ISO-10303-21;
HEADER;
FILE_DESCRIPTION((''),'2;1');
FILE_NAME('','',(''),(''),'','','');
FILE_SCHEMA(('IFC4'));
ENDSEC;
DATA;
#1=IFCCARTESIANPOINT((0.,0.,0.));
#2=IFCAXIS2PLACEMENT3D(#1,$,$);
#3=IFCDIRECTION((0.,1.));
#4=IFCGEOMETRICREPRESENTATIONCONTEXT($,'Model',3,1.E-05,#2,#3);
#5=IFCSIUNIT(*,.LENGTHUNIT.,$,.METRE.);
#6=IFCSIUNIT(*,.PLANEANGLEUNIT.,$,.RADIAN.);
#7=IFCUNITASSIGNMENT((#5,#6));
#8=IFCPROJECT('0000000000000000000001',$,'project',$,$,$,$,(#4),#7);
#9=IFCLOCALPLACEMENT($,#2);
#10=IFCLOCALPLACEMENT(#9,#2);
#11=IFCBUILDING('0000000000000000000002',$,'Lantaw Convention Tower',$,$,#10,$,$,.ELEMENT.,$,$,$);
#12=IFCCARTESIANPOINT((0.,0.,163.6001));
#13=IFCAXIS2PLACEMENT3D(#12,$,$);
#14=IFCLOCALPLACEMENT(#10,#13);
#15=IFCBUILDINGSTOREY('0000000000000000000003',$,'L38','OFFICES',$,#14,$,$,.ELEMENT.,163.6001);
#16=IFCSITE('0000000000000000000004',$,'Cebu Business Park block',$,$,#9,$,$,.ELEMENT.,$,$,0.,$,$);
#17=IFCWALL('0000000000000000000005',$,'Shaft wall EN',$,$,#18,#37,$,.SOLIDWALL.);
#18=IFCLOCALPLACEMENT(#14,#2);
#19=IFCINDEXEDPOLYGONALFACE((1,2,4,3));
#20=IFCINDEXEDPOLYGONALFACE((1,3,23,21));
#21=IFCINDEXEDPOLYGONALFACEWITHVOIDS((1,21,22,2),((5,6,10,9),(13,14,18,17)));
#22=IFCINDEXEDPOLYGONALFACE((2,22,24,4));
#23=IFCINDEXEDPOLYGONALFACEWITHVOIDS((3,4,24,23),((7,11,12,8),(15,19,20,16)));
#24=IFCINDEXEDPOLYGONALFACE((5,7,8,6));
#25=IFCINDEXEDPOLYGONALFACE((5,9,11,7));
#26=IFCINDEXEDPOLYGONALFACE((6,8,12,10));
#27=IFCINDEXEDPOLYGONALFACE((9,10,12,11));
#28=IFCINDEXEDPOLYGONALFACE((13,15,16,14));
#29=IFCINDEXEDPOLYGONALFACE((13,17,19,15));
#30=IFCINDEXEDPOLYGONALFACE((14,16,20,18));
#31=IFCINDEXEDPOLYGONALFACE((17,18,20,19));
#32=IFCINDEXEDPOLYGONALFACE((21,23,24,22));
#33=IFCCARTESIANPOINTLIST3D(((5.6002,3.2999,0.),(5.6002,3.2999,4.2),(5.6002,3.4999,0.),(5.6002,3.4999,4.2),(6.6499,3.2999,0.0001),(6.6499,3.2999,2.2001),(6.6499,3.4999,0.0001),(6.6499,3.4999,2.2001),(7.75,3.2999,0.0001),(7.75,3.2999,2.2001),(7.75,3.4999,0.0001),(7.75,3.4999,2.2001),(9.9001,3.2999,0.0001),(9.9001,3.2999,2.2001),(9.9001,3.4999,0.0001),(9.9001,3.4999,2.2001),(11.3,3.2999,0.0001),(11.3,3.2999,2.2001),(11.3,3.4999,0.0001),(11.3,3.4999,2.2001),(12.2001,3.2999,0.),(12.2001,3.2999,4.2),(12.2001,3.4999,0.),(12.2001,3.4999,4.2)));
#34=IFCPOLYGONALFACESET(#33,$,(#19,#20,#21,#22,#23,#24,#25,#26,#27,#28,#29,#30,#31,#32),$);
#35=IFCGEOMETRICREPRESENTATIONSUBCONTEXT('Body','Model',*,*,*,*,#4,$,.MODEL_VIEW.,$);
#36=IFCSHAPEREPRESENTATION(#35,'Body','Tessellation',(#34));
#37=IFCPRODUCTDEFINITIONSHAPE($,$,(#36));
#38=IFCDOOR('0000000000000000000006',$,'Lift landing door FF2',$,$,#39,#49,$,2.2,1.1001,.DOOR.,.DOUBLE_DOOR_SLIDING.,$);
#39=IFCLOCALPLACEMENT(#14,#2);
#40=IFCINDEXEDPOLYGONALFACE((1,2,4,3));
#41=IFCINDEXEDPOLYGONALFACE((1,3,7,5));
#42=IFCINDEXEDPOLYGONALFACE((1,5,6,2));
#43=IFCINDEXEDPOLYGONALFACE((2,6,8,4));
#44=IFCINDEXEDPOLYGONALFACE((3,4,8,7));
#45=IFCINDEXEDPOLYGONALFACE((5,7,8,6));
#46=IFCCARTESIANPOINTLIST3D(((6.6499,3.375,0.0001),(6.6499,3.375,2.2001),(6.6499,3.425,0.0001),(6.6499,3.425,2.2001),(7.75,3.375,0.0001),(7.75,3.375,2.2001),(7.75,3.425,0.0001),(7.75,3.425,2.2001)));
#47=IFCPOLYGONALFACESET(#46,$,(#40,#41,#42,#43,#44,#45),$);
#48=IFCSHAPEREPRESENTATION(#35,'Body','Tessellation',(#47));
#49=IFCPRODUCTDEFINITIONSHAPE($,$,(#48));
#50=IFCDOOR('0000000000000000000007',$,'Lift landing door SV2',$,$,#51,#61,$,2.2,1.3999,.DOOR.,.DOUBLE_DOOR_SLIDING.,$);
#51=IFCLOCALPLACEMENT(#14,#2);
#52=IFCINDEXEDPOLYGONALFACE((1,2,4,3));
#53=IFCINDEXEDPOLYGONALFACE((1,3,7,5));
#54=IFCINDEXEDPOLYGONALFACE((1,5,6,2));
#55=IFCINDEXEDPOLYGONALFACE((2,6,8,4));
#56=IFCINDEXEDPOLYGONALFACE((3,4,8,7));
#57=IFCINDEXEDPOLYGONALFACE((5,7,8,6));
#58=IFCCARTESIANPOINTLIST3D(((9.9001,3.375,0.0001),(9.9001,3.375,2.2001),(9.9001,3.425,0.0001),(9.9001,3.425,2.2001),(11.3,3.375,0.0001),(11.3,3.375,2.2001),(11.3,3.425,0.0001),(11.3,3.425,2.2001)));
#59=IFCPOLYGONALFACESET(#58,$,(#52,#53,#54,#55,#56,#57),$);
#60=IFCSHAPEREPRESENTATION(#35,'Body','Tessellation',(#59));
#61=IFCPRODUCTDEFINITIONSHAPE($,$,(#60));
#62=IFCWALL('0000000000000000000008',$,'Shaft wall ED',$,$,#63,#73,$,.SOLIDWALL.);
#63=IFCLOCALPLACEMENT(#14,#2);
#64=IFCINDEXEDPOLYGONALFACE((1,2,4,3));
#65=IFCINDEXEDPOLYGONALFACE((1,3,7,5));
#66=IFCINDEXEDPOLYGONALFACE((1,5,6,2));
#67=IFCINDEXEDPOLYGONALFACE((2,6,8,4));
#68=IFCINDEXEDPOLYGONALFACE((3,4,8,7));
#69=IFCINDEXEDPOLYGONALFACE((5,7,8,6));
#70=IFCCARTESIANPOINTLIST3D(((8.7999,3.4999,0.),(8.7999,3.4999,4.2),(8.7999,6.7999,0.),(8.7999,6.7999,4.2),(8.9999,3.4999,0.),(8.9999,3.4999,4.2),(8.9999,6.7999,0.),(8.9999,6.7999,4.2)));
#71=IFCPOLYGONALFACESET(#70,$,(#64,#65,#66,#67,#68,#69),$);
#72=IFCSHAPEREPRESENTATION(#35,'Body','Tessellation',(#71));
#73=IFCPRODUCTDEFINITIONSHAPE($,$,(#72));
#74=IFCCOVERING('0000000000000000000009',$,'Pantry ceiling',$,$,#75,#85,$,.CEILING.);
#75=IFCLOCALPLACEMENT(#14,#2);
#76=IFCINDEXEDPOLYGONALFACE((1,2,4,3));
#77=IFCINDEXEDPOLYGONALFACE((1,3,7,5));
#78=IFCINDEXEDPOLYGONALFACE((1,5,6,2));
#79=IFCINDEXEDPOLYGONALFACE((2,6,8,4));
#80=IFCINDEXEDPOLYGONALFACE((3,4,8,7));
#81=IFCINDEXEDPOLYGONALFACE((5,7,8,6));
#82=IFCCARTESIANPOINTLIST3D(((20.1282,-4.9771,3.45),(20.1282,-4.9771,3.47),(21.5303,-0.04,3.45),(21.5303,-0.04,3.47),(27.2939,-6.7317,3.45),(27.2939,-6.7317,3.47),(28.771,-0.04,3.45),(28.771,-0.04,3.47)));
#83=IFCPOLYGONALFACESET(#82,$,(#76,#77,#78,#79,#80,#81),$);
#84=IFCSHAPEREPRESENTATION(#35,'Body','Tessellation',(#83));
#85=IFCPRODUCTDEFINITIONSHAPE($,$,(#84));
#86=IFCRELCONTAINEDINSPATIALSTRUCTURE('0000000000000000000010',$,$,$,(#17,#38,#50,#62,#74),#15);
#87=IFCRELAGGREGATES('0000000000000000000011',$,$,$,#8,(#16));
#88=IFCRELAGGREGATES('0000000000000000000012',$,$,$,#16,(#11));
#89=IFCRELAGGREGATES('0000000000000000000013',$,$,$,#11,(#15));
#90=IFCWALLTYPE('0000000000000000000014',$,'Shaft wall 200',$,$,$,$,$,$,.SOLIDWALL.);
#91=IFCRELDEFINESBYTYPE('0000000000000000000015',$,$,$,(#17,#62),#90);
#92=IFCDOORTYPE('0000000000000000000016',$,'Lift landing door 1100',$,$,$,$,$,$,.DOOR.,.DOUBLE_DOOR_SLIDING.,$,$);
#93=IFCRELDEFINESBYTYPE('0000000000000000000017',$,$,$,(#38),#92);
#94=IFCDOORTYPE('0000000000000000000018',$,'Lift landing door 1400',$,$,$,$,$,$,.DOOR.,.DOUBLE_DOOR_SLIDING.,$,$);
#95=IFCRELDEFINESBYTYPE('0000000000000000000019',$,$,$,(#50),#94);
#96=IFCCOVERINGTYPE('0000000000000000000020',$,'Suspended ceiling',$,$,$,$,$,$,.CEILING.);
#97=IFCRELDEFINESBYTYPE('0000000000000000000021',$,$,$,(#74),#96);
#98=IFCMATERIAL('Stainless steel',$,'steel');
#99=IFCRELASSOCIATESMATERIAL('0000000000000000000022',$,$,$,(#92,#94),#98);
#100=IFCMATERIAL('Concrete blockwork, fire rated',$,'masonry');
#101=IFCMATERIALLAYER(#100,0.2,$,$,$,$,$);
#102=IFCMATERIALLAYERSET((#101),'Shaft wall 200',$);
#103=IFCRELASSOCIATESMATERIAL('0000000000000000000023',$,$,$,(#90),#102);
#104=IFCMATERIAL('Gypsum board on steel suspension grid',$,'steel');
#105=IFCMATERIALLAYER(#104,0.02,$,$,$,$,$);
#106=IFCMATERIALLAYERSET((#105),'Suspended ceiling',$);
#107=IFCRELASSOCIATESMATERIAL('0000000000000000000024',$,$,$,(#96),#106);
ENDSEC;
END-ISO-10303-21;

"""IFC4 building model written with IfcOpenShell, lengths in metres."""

from ifc_helpers import new_model, si_unit, direction, frame, frame_2d, origin, place, context, subcontext, project, spatial, polyline, rectangle, outline, extrude, material, layer, layer_set, type_object, element, fill, save


model = new_model("IFC4")

# Units and contexts
model_context = context("Model", 3, precision=1e-05, world=origin(), true_north=direction((0.0, 1.0)))
body_context = subcontext(model_context, "Body", "Model", "MODEL_VIEW")
ifc_project = project(units=[si_unit("LENGTHUNIT", "METRE"), si_unit("PLANEANGLEUNIT", "RADIAN")], contexts=[model_context])

# Site, building, storey
site_placement = place(None, origin())
site = spatial("IfcSite", under=ifc_project, at=site_placement, Name="Cebu Business Park block", CompositionType="ELEMENT", RefElevation=0.0)
building_placement = place(site_placement, origin())
building = spatial("IfcBuilding", under=site, at=building_placement, Name="Lantaw Convention Tower", CompositionType="ELEMENT")
storey_placement = place(building_placement, frame((0.0, 0.0, 163.6001)))
storey = spatial("IfcBuildingStorey", under=building, at=storey_placement, Name="L38", Description="OFFICES", CompositionType="ELEMENT", Elevation=163.6001)

# Shared definitions
ifc_material_1 = material(Name="Stainless steel", Category="steel")
door_type_1 = type_object("IfcDoorType", Name="Lift landing door 1100", OperationType="DOUBLE_DOOR_SLIDING", PredefinedType="DOOR", material=ifc_material_1)

# Shared definitions
ifc_material_2 = material(Name="Concrete blockwork, fire rated", Category="masonry")
ifc_layer_1 = layer(ifc_material_2, 0.2)
ifc_layer_set_1 = layer_set([ifc_layer_1], Name="Shaft wall 200")
wall_type_1 = type_object("IfcWallType", Name="Shaft wall 200", PredefinedType="SOLIDWALL", material=ifc_layer_set_1)

# Wall, openings, doors
wall_1_placement = place(storey_placement, frame((12.2, 3.3999, 0.0), z_axis=(0.0, 0.0, 1.0), x_axis=(-1.0, 0.0, 0.0)))
wall_1 = element("IfcWall", 1, at=wall_1_placement, inside=storey, type_object=wall_type_1, Name="Shaft wall EN", PredefinedType="SOLIDWALL", context=body_context, shape_type="SweptSolid", body=[
    extrude(rectangle(XDim=6.5999, YDim=0.2, at=frame_2d((3.2998, 0.0))), origin(), (0.0, 0.0, 1.0), 4.2),
])
opening_1_placement = place(wall_1_placement, frame((4.45, 0.0, 0.0)))
opening_1 = element("IfcOpeningElement", 2, at=opening_1_placement, cuts=wall_1, PredefinedType="OPENING", context=body_context, shape_type="SweptSolid", body=[
    extrude(rectangle(XDim=1.1001, YDim=2.2, at=frame_2d((0.55, 1.1001))), frame((0.0, 0.1099, 0.0), z_axis=(0.0, -1.0, 0.0), x_axis=(1.0, 0.0, 0.0)), (0.0, 0.0, 1.0), 0.22),
])
opening_2_placement = place(wall_1_placement, frame((0.8999, 0.0, 0.0)))
opening_2 = element("IfcOpeningElement", 3, at=opening_2_placement, cuts=wall_1, PredefinedType="OPENING", context=body_context, shape_type="SweptSolid", body=[
    extrude(rectangle(XDim=1.3999, YDim=2.2, at=frame_2d((0.7, 1.1001))), frame((0.0, 0.1099, 0.0), z_axis=(0.0, -1.0, 0.0), x_axis=(1.0, 0.0, 0.0)), (0.0, 0.0, 1.0), 0.22),
])
door_1_placement = place(opening_1_placement, origin())
door_1 = element("IfcDoor", 4, at=door_1_placement, inside=storey, type_object=door_type_1, Name="Lift landing door FF2", OperationType="DOUBLE_DOOR_SLIDING", OverallHeight=2.2, OverallWidth=1.1001, PredefinedType="DOOR", context=body_context, shape_type="SweptSolid", body=[
    extrude(rectangle(XDim=1.1001, YDim=2.2, at=frame_2d((0.55, 1.1001))), frame((0.0, 0.0249, 0.0), z_axis=(0.0, -1.0, 0.0), x_axis=(1.0, 0.0, 0.0)), (0.0, 0.0, 1.0), 0.05),
])
fill(opening_1, door_1)
door_type_2 = type_object("IfcDoorType", Name="Lift landing door 1400", OperationType="DOUBLE_DOOR_SLIDING", PredefinedType="DOOR", material=ifc_material_1)
door_2_placement = place(opening_2_placement, origin())
door_2 = element("IfcDoor", 5, at=door_2_placement, inside=storey, type_object=door_type_2, Name="Lift landing door SV2", OperationType="DOUBLE_DOOR_SLIDING", OverallHeight=2.2, OverallWidth=1.3999, PredefinedType="DOOR", context=body_context, shape_type="SweptSolid", body=[
    extrude(rectangle(XDim=1.3999, YDim=2.2, at=frame_2d((0.7, 1.1001))), frame((0.0, 0.0249, 0.0), z_axis=(0.0, -1.0, 0.0), x_axis=(1.0, 0.0, 0.0)), (0.0, 0.0, 1.0), 0.05),
])
fill(opening_2, door_2)

# Wall
wall_2_placement = place(storey_placement, frame((8.8999, 3.5, 0.0), z_axis=(0.0, 0.0, 1.0), x_axis=(0.0, 1.0, 0.0)))
element("IfcWall", 6, at=wall_2_placement, inside=storey, type_object=wall_type_1, Name="Shaft wall ED", PredefinedType="SOLIDWALL", context=body_context, shape_type="SweptSolid", body=[
    extrude(rectangle(XDim=3.3, YDim=0.2, at=frame_2d((1.6499, 0.0))), origin(), (0.0, 0.0, 1.0), 4.2),
])

# Covering
ifc_material_3 = material(Name="Gypsum board on steel suspension grid", Category="steel")
ifc_layer_2 = layer(ifc_material_3, 0.02)
ifc_layer_set_2 = layer_set([ifc_layer_2], Name="Suspended ceiling")
covering_type = type_object("IfcCoveringType", Name="Suspended ceiling", PredefinedType="CEILING", material=ifc_layer_set_2)
covering_placement = place(storey_placement, frame((0.0, 0.0, 3.45)))
element("IfcCovering", 7, at=covering_placement, inside=storey, type_object=covering_type, Name="Pantry ceiling", PredefinedType="CEILING", context=body_context, shape_type="SweptSolid", body=[
    extrude(outline(polyline([(20.1282, -4.9771), (27.2939, -6.7317), (28.771, -0.04), (21.5303, -0.04), (20.1282, -4.9771)])), origin(), (0.0, 0.0, 1.0), 0.02),
])

save(model, "model.ifc")
